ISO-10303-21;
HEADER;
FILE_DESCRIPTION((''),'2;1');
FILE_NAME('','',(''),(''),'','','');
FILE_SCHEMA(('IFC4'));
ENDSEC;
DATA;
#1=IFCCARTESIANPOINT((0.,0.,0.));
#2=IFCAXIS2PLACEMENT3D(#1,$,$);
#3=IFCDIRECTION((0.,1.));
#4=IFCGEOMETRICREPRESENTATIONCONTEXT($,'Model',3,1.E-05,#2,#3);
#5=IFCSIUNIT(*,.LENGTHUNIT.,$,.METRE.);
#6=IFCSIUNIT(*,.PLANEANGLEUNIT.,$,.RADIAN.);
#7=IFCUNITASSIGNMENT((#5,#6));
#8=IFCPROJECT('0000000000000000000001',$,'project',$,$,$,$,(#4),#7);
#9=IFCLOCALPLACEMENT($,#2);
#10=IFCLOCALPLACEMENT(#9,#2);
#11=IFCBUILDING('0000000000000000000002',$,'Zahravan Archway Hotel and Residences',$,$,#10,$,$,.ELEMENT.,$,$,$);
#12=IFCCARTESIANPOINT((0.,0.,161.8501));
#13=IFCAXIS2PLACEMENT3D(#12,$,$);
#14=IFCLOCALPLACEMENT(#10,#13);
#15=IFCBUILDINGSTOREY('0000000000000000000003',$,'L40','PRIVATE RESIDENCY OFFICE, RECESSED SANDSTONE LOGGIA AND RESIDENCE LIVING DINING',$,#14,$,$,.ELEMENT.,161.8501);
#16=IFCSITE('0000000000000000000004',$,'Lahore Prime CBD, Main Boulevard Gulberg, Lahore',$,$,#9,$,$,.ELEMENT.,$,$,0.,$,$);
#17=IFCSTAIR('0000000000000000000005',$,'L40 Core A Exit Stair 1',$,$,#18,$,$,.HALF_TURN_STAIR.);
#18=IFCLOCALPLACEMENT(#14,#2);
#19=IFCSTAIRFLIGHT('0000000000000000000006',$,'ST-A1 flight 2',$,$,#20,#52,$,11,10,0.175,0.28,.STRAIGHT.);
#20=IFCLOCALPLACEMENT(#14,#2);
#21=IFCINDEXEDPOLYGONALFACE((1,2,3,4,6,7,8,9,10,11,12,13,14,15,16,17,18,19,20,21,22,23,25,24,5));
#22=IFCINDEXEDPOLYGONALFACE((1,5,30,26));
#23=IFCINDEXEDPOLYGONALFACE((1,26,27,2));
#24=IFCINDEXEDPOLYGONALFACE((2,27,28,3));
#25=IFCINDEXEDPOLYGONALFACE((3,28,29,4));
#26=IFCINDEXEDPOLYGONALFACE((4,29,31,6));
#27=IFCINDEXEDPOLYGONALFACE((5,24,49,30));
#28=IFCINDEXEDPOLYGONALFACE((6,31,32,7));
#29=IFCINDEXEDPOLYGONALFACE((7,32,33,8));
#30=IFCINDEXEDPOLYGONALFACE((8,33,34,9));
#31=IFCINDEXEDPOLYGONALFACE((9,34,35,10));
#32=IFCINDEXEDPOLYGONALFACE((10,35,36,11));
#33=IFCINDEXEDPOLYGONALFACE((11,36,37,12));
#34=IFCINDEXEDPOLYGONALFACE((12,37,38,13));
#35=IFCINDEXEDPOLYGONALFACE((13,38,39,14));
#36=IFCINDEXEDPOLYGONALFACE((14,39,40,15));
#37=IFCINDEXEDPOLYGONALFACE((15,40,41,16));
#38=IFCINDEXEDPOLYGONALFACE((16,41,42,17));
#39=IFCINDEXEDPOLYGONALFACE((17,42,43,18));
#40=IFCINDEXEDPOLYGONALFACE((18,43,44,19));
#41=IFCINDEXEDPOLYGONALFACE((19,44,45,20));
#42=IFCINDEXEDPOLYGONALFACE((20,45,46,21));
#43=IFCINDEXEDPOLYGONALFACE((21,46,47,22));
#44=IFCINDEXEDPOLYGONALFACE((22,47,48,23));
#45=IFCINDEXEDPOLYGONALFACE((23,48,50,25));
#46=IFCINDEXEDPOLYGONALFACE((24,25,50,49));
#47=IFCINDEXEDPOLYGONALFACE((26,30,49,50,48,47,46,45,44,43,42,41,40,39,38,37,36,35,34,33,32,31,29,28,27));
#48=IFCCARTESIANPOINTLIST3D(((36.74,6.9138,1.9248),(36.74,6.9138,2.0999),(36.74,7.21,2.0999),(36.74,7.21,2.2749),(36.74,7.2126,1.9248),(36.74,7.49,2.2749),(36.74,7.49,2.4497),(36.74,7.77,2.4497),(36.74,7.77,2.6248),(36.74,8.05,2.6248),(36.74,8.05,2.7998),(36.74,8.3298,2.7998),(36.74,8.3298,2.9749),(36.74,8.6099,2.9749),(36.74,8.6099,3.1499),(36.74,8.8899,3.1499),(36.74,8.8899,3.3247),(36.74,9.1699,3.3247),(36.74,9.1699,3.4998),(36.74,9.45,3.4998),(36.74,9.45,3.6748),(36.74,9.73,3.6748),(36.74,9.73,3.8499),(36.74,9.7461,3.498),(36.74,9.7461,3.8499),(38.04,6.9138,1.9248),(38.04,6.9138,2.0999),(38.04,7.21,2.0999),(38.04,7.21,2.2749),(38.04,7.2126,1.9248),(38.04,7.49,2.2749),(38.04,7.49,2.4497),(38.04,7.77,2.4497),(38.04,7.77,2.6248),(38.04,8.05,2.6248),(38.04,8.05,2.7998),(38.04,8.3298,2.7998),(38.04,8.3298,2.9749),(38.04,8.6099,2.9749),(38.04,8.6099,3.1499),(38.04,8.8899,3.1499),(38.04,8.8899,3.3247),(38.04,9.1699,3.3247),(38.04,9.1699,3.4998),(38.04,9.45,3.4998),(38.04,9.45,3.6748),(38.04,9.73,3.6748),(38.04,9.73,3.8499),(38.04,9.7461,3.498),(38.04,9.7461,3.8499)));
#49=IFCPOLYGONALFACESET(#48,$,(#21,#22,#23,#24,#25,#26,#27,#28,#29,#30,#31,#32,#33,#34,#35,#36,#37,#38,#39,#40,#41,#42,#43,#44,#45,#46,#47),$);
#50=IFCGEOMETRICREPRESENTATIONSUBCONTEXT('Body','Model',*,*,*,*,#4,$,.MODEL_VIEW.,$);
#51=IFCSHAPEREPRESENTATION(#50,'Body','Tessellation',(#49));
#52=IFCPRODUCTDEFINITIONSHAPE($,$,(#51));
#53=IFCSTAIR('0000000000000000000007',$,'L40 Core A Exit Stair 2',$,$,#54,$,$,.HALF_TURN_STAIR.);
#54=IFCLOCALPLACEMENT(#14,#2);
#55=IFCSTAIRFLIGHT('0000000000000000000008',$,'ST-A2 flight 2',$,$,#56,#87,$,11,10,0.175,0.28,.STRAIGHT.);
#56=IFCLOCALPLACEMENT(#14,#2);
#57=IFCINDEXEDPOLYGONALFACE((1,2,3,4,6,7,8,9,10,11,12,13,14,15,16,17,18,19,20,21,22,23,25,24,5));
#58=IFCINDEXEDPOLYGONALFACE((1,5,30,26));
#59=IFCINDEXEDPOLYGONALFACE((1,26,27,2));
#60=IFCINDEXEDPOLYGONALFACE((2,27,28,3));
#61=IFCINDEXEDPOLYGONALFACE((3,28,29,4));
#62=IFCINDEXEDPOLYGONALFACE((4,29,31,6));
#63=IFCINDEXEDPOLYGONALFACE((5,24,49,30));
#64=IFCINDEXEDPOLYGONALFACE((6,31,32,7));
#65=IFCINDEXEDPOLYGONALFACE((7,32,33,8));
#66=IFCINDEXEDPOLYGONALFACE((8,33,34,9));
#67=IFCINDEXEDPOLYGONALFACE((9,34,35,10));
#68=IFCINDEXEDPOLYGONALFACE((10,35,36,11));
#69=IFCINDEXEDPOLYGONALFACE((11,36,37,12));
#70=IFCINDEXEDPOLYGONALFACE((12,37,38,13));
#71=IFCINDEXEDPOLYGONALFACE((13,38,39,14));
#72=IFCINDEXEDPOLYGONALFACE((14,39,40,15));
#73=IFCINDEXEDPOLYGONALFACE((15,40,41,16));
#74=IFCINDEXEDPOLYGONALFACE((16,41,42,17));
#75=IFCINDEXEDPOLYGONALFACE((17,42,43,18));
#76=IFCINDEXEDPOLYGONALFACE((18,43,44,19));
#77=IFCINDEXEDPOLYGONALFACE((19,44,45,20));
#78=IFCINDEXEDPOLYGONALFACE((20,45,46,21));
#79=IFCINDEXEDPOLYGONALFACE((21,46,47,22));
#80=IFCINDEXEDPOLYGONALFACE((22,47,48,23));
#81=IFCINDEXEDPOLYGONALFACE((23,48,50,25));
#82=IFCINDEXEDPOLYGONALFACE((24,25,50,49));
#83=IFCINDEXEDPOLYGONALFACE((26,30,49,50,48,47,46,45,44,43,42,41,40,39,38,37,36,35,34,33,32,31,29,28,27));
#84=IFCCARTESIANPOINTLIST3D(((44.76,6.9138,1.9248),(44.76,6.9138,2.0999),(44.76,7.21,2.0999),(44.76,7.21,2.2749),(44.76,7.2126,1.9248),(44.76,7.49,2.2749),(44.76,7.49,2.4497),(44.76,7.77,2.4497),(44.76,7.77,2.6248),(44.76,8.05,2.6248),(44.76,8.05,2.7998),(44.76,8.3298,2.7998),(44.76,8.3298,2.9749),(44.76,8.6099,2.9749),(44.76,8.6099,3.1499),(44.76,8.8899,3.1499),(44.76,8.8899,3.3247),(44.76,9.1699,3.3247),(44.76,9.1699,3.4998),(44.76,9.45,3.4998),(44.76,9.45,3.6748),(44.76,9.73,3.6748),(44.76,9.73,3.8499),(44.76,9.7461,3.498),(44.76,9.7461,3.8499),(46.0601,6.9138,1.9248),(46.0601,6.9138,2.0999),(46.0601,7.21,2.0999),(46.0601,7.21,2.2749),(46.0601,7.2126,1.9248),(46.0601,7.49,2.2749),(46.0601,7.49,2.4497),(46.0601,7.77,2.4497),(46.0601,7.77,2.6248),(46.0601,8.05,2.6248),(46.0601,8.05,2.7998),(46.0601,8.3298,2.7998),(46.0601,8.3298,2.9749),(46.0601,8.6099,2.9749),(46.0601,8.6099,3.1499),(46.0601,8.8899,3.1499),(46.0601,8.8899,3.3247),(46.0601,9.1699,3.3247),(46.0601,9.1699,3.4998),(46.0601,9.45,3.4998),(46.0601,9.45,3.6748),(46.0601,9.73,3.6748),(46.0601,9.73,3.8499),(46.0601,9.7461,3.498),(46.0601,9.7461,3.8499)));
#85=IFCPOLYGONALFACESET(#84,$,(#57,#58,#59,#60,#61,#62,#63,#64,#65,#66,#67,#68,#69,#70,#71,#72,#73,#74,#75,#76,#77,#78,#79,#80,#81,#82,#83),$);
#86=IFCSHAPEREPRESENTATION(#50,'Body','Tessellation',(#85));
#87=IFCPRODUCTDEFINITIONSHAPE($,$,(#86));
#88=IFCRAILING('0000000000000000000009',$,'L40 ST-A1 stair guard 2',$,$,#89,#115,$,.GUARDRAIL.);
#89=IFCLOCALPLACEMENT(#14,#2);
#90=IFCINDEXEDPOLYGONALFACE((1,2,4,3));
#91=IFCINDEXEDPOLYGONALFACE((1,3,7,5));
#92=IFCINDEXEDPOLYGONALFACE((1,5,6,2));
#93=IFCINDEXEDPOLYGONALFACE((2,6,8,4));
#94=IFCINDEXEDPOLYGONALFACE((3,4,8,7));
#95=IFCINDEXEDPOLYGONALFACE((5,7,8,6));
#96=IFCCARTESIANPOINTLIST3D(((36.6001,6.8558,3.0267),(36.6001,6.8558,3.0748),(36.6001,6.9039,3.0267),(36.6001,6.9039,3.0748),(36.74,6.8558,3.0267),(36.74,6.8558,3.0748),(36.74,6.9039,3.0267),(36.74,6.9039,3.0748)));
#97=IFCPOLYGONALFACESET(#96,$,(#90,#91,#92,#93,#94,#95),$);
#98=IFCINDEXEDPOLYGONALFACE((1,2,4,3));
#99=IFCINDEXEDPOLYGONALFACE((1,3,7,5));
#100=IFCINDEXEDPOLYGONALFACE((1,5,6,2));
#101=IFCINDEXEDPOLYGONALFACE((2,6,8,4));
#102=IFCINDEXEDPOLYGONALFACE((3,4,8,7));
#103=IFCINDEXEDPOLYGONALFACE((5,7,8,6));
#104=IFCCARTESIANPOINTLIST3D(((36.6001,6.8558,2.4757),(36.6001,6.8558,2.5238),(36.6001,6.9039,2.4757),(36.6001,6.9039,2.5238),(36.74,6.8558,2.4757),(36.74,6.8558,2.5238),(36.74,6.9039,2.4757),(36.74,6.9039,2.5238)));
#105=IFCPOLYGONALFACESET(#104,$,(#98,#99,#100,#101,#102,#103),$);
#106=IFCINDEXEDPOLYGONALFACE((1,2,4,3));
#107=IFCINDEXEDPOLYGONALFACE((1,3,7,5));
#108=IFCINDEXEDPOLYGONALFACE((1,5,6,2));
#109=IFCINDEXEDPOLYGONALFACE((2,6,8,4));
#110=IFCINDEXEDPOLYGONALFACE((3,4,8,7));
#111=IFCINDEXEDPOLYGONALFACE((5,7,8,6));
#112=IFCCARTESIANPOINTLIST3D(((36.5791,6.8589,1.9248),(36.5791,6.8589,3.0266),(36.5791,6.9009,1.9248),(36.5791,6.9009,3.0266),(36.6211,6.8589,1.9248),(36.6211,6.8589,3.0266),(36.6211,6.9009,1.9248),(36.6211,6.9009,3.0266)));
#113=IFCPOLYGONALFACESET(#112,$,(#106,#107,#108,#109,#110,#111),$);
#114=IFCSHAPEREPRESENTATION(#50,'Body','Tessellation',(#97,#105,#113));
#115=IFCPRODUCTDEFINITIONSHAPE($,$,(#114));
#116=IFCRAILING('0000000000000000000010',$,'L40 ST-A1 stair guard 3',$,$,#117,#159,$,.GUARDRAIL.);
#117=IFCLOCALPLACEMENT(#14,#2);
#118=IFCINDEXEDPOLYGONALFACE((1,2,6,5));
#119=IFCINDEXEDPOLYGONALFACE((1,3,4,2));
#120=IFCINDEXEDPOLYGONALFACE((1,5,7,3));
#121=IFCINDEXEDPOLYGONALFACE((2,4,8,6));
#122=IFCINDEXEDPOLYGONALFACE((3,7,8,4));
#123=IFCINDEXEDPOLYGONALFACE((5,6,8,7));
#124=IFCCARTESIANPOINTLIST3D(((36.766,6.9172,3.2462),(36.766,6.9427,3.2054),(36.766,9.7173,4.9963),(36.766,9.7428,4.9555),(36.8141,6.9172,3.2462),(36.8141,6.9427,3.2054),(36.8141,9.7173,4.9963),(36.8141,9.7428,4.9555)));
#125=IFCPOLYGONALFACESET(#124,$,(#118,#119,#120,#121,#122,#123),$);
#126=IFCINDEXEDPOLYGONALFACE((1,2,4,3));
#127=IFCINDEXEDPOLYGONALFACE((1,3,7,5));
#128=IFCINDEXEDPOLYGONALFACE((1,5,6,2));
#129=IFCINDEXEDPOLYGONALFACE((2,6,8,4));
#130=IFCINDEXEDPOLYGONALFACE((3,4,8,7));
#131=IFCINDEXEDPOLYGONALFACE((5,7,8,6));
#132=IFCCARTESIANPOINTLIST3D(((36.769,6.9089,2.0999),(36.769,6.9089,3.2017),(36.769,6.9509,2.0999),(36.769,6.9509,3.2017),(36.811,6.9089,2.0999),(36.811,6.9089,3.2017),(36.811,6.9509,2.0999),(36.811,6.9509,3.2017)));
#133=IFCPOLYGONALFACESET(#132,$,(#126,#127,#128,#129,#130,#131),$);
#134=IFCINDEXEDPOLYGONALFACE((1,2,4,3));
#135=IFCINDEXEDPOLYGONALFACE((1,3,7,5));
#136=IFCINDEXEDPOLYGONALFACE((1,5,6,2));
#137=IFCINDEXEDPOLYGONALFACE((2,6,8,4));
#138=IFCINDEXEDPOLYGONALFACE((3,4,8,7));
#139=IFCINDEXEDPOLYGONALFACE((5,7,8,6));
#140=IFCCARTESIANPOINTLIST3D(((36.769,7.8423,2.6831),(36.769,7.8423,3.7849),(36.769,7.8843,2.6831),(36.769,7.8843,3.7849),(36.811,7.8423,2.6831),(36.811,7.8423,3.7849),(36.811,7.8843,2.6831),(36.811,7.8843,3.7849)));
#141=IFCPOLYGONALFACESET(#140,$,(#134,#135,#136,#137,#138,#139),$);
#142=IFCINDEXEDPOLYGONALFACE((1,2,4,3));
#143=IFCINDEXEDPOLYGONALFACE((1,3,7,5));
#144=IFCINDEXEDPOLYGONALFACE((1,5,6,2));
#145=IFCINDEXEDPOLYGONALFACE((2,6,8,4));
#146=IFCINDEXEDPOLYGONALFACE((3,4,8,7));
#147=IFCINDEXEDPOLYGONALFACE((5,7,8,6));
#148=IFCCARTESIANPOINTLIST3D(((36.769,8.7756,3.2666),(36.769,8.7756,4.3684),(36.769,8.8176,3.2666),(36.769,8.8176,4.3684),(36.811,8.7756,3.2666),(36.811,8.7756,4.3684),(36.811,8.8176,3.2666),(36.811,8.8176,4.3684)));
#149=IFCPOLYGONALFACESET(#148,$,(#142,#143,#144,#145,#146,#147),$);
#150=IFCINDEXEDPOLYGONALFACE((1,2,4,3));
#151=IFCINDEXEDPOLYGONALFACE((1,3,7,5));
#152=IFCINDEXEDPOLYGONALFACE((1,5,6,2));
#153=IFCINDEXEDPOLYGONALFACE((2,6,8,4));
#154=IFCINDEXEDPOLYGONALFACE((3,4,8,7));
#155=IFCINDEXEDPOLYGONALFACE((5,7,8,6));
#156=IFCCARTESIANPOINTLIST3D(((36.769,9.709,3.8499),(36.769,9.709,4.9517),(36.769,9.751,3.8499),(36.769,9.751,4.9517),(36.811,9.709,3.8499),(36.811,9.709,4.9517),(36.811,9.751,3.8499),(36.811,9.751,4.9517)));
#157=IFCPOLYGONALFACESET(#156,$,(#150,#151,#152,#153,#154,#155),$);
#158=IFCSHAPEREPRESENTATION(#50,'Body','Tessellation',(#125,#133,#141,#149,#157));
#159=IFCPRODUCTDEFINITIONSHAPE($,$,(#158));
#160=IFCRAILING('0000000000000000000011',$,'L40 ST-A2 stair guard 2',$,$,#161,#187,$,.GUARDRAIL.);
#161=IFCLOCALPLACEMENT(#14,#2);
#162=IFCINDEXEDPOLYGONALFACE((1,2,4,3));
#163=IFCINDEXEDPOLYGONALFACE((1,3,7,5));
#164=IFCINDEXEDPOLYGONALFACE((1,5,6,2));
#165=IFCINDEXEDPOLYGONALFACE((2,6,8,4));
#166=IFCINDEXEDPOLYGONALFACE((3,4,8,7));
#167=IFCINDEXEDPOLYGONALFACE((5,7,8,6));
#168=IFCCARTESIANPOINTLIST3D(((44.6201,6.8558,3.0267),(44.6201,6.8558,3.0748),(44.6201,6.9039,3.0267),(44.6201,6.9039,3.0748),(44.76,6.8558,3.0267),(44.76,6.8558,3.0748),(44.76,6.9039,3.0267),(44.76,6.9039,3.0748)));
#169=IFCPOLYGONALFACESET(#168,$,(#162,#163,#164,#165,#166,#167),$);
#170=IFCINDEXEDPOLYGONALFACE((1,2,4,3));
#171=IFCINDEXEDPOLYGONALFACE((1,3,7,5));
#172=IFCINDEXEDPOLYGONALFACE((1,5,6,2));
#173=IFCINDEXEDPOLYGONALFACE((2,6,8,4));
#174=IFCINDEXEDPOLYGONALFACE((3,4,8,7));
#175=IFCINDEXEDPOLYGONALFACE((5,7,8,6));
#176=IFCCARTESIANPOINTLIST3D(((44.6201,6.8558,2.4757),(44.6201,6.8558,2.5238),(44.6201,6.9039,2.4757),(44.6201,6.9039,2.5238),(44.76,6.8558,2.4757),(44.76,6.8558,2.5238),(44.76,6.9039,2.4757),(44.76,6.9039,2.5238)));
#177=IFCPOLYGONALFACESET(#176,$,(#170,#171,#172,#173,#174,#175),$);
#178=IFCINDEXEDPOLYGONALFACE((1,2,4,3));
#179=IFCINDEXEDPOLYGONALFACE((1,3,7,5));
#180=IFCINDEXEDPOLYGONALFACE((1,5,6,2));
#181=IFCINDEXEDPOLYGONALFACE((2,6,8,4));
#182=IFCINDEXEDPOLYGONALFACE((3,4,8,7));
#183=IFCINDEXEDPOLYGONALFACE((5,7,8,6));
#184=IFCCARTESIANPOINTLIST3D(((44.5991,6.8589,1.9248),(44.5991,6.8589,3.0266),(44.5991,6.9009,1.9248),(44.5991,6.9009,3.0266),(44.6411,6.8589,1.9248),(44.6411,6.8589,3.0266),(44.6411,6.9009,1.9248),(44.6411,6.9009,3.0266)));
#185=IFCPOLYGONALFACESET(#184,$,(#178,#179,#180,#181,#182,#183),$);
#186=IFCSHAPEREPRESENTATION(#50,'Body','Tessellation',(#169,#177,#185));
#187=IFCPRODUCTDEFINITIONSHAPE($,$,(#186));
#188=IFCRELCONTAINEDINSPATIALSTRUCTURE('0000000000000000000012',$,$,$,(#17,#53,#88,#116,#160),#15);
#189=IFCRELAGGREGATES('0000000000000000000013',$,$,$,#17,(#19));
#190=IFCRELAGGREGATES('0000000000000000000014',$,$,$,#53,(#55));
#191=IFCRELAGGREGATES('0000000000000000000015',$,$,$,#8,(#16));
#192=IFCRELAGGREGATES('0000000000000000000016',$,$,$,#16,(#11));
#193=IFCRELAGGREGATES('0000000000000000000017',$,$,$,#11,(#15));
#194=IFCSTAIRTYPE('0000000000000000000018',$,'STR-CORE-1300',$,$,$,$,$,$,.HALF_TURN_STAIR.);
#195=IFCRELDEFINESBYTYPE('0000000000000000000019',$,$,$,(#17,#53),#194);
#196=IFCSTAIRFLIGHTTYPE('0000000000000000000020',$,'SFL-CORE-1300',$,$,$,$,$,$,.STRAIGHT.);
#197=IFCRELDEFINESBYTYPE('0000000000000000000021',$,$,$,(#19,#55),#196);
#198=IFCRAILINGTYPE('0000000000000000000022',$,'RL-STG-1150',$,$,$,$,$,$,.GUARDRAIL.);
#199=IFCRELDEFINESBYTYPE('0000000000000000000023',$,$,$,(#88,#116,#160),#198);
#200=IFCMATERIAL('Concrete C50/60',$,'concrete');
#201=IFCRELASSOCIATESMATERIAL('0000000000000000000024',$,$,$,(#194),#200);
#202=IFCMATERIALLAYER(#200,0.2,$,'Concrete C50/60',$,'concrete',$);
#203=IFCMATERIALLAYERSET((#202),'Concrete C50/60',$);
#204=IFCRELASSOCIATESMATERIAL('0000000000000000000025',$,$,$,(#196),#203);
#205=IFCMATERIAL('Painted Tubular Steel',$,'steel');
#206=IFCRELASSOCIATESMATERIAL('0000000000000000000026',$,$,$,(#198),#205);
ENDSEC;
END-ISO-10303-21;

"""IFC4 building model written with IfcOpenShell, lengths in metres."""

from ifc_helpers import new_model, si_unit, direction, frame, origin, origin_2d, place, context, subcontext, project, spatial, polyline, rectangle, outline, extrude, source, transform, mapped, material, layer, layer_set, type_object, element, aggregate, save


model = new_model("IFC4")

# Units and contexts
model_context = context("Model", 3, precision=1e-05, world=origin(), true_north=direction((0.0, 1.0)))
body_context = subcontext(model_context, "Body", "Model", "MODEL_VIEW")
ifc_project = project(units=[si_unit("LENGTHUNIT", "METRE"), si_unit("PLANEANGLEUNIT", "RADIAN")], contexts=[model_context])

# Site, building, storey
site_placement = place(None, origin())
site = spatial("IfcSite", under=ifc_project, at=site_placement, Name="Lahore Prime CBD, Main Boulevard Gulberg, Lahore", CompositionType="ELEMENT", RefElevation=0.0)
building_placement = place(site_placement, origin())
building = spatial("IfcBuilding", under=site, at=building_placement, Name="Zahravan Archway Hotel and Residences", CompositionType="ELEMENT")
storey_placement = place(building_placement, frame((0.0, 0.0, 161.8501)))
storey = spatial("IfcBuildingStorey", under=building, at=storey_placement, Name="L40", Description="PRIVATE RESIDENCY OFFICE, RECESSED SANDSTONE LOGGIA AND RESIDENCE LIVING DINING", CompositionType="ELEMENT", Elevation=161.8501)

# Shared definitions
ifc_material_1 = material(Name="Concrete C50/60", Category="concrete")

# Stairs, stair flights
stair_type = type_object("IfcStairType", Name="STR-CORE-1300", PredefinedType="HALF_TURN_STAIR", material=ifc_material_1)
stair_1_placement = place(storey_placement, origin())
stair_1 = element("IfcStair", 1, at=stair_1_placement, inside=storey, type_object=stair_type, Name="L40 Core A Exit Stair 1", PredefinedType="HALF_TURN_STAIR")
ifc_layer_1 = layer(ifc_material_1, 0.2, Name="Concrete C50/60", Category="concrete")
ifc_layer_set_1 = layer_set([ifc_layer_1], Name="Concrete C50/60")
stair_flight_type = type_object("IfcStairFlightType", Name="SFL-CORE-1300", PredefinedType="STRAIGHT", material=ifc_layer_set_1)
shared_shape_1 = source(origin(), body_context, "Body", "SweptSolid", [
    extrude(outline(polyline([(-0.0161, 0.0), (-0.0161, 0.175), (0.28, 0.175), (0.28, 0.3501), (0.5601, 0.3501), (0.5601, 0.5249), (0.8401, 0.5249), (0.8401, 0.7), (1.1201, 0.7), (1.1201, 0.875), (1.3999, 0.875), (1.3999, 1.05), (1.6799, 1.05), (1.6799, 1.2251), (1.96, 1.2251), (1.96, 1.3999), (2.24, 1.3999), (2.24, 1.575), (2.52, 1.575), (2.52, 1.75), (2.8, 1.75), (2.8, 1.925), (2.8162, 1.925), (2.8162, 1.5732), (0.2827, 0.0), (-0.0161, 0.0)])), frame((0.0, 0.6499, 0.0), z_axis=(0.0, -1.0, 0.0), x_axis=(1.0, 0.0, 0.0)), (0.0, 0.0, 1.0), 1.3),
])
stair_flight_1_placement = place(storey_placement, frame((37.3899, 6.9299, 1.9248), z_axis=(0.0, 0.0, 1.0), x_axis=(0.0, 1.0, 0.0)))
stair_flight_1 = element("IfcStairFlight", 2, at=stair_flight_1_placement, type_object=stair_flight_type, Name="ST-A1 flight 2", NumberOfRisers=11, NumberOfTreads=10, PredefinedType="STRAIGHT", RiserHeight=0.175, TreadLength=0.28, context=body_context, shape_type="MappedRepresentation", body=[
    mapped(shared_shape_1, transform((0.0, 0.0, 0.0), scale=1.0)),
])
aggregate(stair_1, [stair_flight_1])
stair_2_placement = place(storey_placement, origin())
stair_2 = element("IfcStair", 3, at=stair_2_placement, inside=storey, type_object=stair_type, Name="L40 Core A Exit Stair 2", PredefinedType="HALF_TURN_STAIR")
stair_flight_2_placement = place(storey_placement, frame((45.4099, 6.9299, 1.9248), z_axis=(0.0, 0.0, 1.0), x_axis=(0.0, 1.0, 0.0)))
stair_flight_2 = element("IfcStairFlight", 4, at=stair_flight_2_placement, type_object=stair_flight_type, Name="ST-A2 flight 2", NumberOfRisers=11, NumberOfTreads=10, PredefinedType="STRAIGHT", RiserHeight=0.175, TreadLength=0.28, context=body_context, shape_type="MappedRepresentation", body=[
    mapped(shared_shape_1, transform((0.0, 0.0, 0.0), scale=1.0)),
])
aggregate(stair_2, [stair_flight_2])

# Railings
ifc_material_2 = material(Name="Painted Tubular Steel", Category="steel")
railing_type_1 = type_object("IfcRailingType", Name="RL-STG-1150", PredefinedType="GUARDRAIL", material=ifc_material_2)
railing_1_placement = place(storey_placement, frame((36.6001, 6.8799, 1.9248)))
element("IfcRailing", 5, at=railing_1_placement, inside=storey, type_object=railing_type_1, Name="L40 ST-A1 stair guard 2", PredefinedType="GUARDRAIL", context=body_context, shape_type="SweptSolid", body=[
    extrude(rectangle(XDim=0.0481, YDim=0.0481, at=origin_2d()), frame((0.0, 0.0, 1.126), z_axis=(1.0, 0.0, 0.0), x_axis=(0.0, 1.0, 0.0)), (0.0, 0.0, 1.0), 0.1399),
    extrude(rectangle(XDim=0.0481, YDim=0.0481, at=origin_2d()), frame((0.0, 0.0, 0.575), z_axis=(1.0, 0.0, 0.0), x_axis=(0.0, 1.0, 0.0)), (0.0, 0.0, 1.0), 0.1399),
    extrude(rectangle(XDim=0.042, YDim=0.042, at=origin_2d()), origin(), (0.0, 0.0, 1.0), 1.1018),
])
railing_2_placement = place(storey_placement, frame((36.79, 6.9299, 2.0999)))
element("IfcRailing", 6, at=railing_2_placement, inside=storey, type_object=railing_type_1, Name="L40 ST-A1 stair guard 3", PredefinedType="GUARDRAIL", context=body_context, shape_type="SweptSolid", body=[
    extrude(rectangle(XDim=0.0481, YDim=0.0481, at=origin_2d()), frame((0.0, 0.0, 1.126), z_axis=(0.0, 0.848002, 0.529992), x_axis=(-1.0, 0.0, 0.0)), (0.0, 0.0, 1.0), 3.302),
    extrude(rectangle(XDim=0.042, YDim=0.042, at=origin_2d()), origin(), (0.0, 0.0, 1.0), 1.1018),
    extrude(rectangle(XDim=0.042, YDim=0.042, at=origin_2d()), frame((0.0, 0.9333, 0.5833)), (0.0, 0.0, 1.0), 1.1018),
    extrude(rectangle(XDim=0.042, YDim=0.042, at=origin_2d()), frame((0.0, 1.8667, 1.1667)), (0.0, 0.0, 1.0), 1.1018),
    extrude(rectangle(XDim=0.042, YDim=0.042, at=origin_2d()), frame((0.0, 2.8, 1.75)), (0.0, 0.0, 1.0), 1.1018),
])
railing_3_placement = place(storey_placement, frame((44.6201, 6.8799, 1.9248)))
element("IfcRailing", 7, at=railing_3_placement, inside=storey, type_object=railing_type_1, Name="L40 ST-A2 stair guard 2", PredefinedType="GUARDRAIL", context=body_context, shape_type="SweptSolid", body=[
    extrude(rectangle(XDim=0.0481, YDim=0.0481, at=origin_2d()), frame((0.0, 0.0, 1.126), z_axis=(1.0, 0.0, 0.0), x_axis=(0.0, 1.0, 0.0)), (0.0, 0.0, 1.0), 0.1399),
    extrude(rectangle(XDim=0.0481, YDim=0.0481, at=origin_2d()), frame((0.0, 0.0, 0.575), z_axis=(1.0, 0.0, 0.0), x_axis=(0.0, 1.0, 0.0)), (0.0, 0.0, 1.0), 0.1399),
    extrude(rectangle(XDim=0.042, YDim=0.042, at=origin_2d()), origin(), (0.0, 0.0, 1.0), 1.1018),
])

save(model, "model.ifc")
